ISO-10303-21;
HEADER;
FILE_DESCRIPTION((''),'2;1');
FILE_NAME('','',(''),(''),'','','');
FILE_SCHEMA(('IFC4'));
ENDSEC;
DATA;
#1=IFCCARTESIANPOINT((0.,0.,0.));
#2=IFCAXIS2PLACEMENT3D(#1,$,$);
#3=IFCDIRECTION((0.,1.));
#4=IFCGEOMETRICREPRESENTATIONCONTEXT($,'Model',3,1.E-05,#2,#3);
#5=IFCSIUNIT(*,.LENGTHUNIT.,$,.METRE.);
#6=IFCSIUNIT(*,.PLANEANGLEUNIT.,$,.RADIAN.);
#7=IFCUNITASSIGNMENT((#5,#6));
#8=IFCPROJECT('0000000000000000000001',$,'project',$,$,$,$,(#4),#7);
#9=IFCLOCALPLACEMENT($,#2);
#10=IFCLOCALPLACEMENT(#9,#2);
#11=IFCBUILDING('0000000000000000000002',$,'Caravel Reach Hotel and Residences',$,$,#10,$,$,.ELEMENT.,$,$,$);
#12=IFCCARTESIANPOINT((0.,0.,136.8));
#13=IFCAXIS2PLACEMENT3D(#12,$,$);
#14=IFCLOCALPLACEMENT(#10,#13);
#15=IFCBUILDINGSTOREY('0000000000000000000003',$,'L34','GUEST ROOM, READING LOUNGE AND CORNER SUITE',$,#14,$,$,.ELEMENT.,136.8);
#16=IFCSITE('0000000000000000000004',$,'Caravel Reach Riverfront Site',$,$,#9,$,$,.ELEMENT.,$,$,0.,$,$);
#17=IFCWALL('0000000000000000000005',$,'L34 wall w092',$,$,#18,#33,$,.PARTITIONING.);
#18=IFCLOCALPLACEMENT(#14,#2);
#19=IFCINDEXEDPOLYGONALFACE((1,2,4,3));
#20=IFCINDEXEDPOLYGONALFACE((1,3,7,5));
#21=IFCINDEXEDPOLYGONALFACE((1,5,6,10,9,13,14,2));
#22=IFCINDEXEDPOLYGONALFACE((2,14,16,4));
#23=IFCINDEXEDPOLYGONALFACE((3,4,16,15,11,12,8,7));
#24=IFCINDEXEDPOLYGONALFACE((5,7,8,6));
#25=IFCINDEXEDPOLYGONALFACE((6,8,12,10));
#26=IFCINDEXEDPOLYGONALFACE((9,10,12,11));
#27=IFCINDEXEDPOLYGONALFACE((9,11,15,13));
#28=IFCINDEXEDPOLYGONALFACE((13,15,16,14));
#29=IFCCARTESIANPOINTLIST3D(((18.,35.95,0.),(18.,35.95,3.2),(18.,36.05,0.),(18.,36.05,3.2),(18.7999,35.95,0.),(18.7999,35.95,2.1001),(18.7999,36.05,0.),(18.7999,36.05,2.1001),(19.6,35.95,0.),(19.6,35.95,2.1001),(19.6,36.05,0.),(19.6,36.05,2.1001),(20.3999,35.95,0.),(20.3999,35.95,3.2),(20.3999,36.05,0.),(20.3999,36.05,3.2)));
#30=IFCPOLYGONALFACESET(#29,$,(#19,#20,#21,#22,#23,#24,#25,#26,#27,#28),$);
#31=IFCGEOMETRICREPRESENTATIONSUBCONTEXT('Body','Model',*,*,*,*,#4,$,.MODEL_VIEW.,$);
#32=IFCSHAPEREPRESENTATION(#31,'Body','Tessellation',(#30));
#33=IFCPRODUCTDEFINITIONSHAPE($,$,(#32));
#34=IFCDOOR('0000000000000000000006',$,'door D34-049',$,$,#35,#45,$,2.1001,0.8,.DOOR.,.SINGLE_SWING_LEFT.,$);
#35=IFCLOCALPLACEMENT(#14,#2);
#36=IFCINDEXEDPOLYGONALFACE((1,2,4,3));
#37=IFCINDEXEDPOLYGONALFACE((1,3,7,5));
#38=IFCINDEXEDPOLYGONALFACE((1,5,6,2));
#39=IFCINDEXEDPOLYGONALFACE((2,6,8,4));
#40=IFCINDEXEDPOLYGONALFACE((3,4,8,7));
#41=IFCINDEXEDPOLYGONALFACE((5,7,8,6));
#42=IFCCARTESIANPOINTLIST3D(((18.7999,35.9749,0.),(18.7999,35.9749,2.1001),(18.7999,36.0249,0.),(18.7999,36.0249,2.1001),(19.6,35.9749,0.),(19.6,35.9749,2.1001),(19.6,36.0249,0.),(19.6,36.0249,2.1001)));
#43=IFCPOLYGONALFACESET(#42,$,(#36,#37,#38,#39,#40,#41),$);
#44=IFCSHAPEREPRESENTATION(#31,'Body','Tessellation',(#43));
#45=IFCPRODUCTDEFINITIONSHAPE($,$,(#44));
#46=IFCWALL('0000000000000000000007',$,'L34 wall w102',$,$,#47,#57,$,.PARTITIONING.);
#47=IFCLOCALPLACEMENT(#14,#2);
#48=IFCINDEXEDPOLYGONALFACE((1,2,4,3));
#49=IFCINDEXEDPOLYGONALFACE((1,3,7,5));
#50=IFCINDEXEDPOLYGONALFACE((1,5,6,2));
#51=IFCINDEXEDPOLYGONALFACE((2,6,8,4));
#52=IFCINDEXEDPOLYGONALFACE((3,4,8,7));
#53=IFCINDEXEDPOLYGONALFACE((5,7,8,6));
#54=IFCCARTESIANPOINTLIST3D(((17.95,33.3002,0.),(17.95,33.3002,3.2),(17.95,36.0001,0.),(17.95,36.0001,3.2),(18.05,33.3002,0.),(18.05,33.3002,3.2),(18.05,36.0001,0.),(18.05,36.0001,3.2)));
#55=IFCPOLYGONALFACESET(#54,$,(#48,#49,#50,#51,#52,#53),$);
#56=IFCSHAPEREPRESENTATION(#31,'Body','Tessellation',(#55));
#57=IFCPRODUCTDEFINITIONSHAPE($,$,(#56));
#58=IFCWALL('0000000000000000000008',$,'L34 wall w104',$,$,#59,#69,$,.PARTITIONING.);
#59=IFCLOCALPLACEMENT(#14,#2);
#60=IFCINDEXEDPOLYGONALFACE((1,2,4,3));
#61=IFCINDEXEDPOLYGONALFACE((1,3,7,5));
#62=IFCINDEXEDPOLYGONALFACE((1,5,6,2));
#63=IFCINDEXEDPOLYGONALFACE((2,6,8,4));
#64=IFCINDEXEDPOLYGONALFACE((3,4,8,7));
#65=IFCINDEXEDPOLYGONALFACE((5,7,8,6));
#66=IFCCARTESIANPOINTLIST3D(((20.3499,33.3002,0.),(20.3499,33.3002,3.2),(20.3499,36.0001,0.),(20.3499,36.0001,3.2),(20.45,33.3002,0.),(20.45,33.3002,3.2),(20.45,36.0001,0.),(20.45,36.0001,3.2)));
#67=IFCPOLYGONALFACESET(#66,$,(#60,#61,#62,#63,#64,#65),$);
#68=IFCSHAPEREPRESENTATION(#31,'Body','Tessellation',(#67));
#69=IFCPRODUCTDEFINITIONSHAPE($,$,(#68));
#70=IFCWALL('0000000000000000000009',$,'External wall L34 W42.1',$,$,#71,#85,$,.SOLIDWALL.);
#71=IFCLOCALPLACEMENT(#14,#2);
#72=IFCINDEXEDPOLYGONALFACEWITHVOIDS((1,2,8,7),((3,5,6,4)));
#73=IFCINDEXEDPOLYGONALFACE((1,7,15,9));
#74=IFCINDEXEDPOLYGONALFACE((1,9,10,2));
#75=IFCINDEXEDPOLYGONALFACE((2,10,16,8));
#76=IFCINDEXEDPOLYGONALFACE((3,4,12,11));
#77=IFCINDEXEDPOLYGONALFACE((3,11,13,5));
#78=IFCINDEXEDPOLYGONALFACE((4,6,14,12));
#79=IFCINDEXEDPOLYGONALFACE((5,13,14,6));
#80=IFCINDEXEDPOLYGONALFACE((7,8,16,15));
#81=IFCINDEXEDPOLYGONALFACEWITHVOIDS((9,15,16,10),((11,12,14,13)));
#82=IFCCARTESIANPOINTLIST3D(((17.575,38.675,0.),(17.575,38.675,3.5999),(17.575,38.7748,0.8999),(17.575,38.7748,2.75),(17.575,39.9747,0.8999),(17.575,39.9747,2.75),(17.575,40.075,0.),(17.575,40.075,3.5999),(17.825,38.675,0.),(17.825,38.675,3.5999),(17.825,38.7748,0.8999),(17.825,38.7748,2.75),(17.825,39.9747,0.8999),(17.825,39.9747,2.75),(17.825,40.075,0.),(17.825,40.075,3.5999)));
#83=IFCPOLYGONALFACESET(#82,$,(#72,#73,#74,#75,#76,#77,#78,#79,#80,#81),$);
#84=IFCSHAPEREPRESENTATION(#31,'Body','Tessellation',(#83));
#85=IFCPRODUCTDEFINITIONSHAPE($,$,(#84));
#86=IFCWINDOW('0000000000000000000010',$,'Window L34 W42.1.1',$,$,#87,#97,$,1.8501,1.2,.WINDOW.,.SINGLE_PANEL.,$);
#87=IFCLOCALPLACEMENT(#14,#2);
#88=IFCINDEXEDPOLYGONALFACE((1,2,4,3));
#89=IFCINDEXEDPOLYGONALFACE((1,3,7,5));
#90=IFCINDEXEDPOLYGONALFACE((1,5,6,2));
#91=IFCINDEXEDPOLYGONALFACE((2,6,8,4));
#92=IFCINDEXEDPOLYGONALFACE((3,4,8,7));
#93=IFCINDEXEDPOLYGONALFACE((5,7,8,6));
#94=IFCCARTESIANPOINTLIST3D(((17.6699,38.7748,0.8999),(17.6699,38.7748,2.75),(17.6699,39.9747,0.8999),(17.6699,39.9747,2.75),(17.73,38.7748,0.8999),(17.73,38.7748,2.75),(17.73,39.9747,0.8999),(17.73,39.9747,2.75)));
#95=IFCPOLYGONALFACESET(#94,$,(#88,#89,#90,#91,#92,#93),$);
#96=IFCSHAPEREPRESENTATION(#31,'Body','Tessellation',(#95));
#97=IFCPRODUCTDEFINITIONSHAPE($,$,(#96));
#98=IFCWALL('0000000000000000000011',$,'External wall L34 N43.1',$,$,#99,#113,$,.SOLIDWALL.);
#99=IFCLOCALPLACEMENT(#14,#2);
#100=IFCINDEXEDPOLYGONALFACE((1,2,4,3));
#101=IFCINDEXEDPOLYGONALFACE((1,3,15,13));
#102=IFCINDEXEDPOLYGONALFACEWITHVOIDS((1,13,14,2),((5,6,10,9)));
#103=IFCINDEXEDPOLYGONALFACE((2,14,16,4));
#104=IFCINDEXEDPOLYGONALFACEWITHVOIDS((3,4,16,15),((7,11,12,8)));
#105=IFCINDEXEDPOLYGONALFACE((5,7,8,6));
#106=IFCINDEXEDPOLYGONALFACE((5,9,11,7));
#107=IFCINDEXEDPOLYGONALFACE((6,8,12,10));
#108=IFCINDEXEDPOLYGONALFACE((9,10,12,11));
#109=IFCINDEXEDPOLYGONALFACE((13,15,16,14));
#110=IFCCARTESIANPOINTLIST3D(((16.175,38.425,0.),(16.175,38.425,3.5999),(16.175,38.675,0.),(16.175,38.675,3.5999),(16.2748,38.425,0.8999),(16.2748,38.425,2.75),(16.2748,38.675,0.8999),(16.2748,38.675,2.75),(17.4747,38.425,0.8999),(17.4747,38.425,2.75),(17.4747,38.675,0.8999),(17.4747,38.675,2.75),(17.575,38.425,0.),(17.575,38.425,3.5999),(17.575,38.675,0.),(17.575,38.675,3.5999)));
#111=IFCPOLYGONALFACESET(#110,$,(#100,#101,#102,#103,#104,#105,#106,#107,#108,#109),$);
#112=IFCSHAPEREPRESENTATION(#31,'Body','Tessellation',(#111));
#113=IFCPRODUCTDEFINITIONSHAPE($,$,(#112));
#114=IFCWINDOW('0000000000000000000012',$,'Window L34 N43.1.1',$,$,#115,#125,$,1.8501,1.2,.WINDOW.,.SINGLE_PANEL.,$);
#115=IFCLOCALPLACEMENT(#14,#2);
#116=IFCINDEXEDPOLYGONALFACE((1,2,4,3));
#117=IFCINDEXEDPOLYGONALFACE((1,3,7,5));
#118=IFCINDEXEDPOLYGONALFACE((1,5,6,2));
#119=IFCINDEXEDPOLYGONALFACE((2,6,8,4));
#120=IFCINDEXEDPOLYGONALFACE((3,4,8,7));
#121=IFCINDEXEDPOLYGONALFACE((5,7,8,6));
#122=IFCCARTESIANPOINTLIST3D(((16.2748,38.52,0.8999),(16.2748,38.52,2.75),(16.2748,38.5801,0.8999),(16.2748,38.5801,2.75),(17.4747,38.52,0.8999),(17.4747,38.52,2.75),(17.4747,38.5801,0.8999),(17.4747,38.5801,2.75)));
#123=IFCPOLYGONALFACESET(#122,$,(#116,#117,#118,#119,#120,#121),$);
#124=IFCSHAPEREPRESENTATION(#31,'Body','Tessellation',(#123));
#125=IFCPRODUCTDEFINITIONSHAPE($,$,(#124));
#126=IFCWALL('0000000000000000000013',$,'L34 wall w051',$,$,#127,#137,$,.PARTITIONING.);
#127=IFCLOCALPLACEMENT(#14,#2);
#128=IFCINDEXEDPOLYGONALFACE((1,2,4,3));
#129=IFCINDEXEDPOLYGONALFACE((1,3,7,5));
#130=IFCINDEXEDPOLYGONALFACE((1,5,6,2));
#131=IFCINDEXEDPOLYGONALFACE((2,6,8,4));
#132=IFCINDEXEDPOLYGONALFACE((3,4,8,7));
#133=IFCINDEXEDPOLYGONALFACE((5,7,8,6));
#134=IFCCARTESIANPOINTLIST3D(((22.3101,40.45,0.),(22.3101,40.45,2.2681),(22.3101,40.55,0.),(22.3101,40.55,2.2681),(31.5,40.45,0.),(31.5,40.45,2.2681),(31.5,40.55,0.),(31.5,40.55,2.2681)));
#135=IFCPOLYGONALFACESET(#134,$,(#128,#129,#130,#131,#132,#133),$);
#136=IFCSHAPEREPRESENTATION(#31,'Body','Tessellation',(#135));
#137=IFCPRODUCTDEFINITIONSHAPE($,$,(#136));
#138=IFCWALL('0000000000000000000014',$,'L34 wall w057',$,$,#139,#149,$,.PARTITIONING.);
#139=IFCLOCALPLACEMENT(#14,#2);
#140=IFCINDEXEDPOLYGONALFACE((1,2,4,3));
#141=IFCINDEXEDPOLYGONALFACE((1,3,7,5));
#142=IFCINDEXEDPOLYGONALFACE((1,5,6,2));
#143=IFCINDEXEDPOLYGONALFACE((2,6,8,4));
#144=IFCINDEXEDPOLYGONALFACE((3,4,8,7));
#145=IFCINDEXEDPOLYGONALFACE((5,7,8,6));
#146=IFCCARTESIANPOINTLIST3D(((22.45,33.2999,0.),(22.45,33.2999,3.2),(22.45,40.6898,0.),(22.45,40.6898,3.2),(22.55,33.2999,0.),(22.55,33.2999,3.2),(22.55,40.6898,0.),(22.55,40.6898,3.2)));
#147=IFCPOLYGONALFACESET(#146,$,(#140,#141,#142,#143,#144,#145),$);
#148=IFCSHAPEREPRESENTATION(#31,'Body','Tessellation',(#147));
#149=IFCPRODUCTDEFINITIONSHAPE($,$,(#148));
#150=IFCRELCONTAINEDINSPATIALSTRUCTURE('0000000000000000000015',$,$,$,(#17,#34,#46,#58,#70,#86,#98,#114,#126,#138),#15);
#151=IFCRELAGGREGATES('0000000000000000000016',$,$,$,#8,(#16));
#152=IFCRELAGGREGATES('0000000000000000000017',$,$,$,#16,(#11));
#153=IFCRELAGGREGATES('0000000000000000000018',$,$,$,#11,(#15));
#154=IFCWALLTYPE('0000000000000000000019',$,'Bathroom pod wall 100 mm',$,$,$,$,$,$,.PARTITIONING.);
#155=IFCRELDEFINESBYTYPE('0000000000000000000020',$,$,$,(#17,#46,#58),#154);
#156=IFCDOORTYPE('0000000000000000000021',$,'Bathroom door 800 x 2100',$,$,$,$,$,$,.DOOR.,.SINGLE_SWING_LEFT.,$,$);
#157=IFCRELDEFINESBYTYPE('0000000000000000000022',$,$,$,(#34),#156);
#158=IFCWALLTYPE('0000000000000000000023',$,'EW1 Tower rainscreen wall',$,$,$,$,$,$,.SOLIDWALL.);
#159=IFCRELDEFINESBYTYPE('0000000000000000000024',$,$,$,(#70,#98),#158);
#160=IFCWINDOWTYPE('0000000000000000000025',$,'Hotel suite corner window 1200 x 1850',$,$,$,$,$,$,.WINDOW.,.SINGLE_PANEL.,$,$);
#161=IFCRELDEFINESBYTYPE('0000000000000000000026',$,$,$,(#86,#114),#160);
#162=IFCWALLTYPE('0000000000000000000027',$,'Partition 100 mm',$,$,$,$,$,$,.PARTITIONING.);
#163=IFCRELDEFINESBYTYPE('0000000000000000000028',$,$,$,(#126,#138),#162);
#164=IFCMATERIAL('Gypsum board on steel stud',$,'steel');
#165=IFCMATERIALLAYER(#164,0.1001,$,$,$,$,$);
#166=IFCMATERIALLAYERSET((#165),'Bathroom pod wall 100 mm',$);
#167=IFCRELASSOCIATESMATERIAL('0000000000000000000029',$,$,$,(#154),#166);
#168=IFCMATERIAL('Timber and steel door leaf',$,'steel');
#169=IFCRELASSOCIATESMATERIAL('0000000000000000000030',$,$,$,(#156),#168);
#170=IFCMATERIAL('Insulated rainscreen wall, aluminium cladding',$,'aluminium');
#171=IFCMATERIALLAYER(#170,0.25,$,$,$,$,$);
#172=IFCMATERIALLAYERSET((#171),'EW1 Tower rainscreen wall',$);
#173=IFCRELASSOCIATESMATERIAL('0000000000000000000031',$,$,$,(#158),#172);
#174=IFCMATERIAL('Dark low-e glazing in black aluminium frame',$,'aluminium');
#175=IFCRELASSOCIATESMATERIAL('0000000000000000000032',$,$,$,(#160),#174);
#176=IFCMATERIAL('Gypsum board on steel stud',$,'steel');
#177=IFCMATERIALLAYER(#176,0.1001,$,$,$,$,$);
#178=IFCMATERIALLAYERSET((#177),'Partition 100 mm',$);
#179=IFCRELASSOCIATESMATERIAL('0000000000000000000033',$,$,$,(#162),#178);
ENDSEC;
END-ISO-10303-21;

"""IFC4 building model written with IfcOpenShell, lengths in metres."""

from ifc_helpers import new_model, si_unit, direction, frame, frame_2d, origin, place, context, subcontext, project, spatial, rectangle, extrude, material, layer, layer_set, type_object, element, fill, save


model = new_model("IFC4")

# Units and contexts
model_context = context("Model", 3, precision=1e-05, world=origin(), true_north=direction((0.0, 1.0)))
body_context = subcontext(model_context, "Body", "Model", "MODEL_VIEW")
ifc_project = project(units=[si_unit("LENGTHUNIT", "METRE"), si_unit("PLANEANGLEUNIT", "RADIAN")], contexts=[model_context])

# Site, building, storey
site_placement = place(None, origin())
site = spatial("IfcSite", under=ifc_project, at=site_placement, Name="Caravel Reach Riverfront Site", CompositionType="ELEMENT", RefElevation=0.0)
building_placement = place(site_placement, origin())
building = spatial("IfcBuilding", under=site, at=building_placement, Name="Caravel Reach Hotel and Residences", CompositionType="ELEMENT")
storey_placement = place(building_placement, frame((0.0, 0.0, 136.8)))
storey = spatial("IfcBuildingStorey", under=building, at=storey_placement, Name="L34", Description="GUEST ROOM, READING LOUNGE AND CORNER SUITE", CompositionType="ELEMENT", Elevation=136.8)

# Wall, opening, door
ifc_material_1 = material(Name="Gypsum board on steel stud", Category="steel")
ifc_layer_1 = layer(ifc_material_1, 0.1001)
ifc_layer_set_1 = layer_set([ifc_layer_1], Name="Bathroom pod wall 100 mm")
wall_type_1 = type_object("IfcWallType", Name="Bathroom pod wall 100 mm", PredefinedType="PARTITIONING", material=ifc_layer_set_1)
wall_1_placement = place(storey_placement, frame((18.0, 36.0, 0.0), z_axis=(0.0, 0.0, 1.0), x_axis=(1.0, 0.0, 0.0)))
wall_1 = element("IfcWall", 1, at=wall_1_placement, inside=storey, type_object=wall_type_1, Name="L34 wall w092", PredefinedType="PARTITIONING", context=body_context, shape_type="SweptSolid", body=[
    extrude(rectangle(XDim=2.3999, YDim=0.1001, at=frame_2d((1.2, 0.0))), origin(), (0.0, 0.0, 1.0), 3.2),
])
opening_1_placement = place(wall_1_placement, frame((0.8, 0.0, 0.0)))
opening_1 = element("IfcOpeningElement", 2, at=opening_1_placement, cuts=wall_1, PredefinedType="OPENING", context=body_context, shape_type="SweptSolid", body=[
    extrude(rectangle(XDim=0.8, YDim=2.1001, at=frame_2d((0.3999, 1.05))), frame((0.0, 0.0601, 0.0), z_axis=(0.0, -1.0, 0.0), x_axis=(1.0, 0.0, 0.0)), (0.0, 0.0, 1.0), 0.1201),
])
ifc_material_2 = material(Name="Timber and steel door leaf", Category="steel")
door_type = type_object("IfcDoorType", Name="Bathroom door 800 x 2100", OperationType="SINGLE_SWING_LEFT", PredefinedType="DOOR", material=ifc_material_2)
door_placement = place(opening_1_placement, origin())
door = element("IfcDoor", 3, at=door_placement, inside=storey, type_object=door_type, Name="door D34-049", OperationType="SINGLE_SWING_LEFT", OverallHeight=2.1001, OverallWidth=0.8, PredefinedType="DOOR", context=body_context, shape_type="SweptSolid", body=[
    extrude(rectangle(XDim=0.8, YDim=2.1001, at=frame_2d((0.3999, 1.05))), frame((0.0, 0.0249, 0.0), z_axis=(0.0, -1.0, 0.0), x_axis=(1.0, 0.0, 0.0)), (0.0, 0.0, 1.0), 0.05),
])
fill(opening_1, door)

# Walls
for number, where, z_axis, x_axis, name in (
    (4, (18.0, 33.3, 0.0), (0.0, 0.0, 1.0), (0.0, 1.0, 0.0), "L34 wall w102"),
    (5, (20.3999, 33.3, 0.0), (0.0, 0.0, 1.0), (0.0, 1.0, 0.0), "L34 wall w104"),
):
    element("IfcWall", number, at=place(storey_placement, frame(where, z_axis=z_axis, x_axis=x_axis)), inside=storey, type_object=wall_type_1, Name=name, PredefinedType="PARTITIONING", context=body_context, shape_type="SweptSolid", body=[
        extrude(rectangle(XDim=2.7, YDim=0.1001, at=frame_2d((1.3501, 0.0))), origin(), (0.0, 0.0, 1.0), 3.2),
    ])

# Walls, openings, windows
ifc_material_3 = material(Name="Insulated rainscreen wall, aluminium cladding", Category="aluminium")
ifc_layer_2 = layer(ifc_material_3, 0.25)
ifc_layer_set_2 = layer_set([ifc_layer_2], Name="EW1 Tower rainscreen wall")
wall_type_2 = type_object("IfcWallType", Name="EW1 Tower rainscreen wall", PredefinedType="SOLIDWALL", material=ifc_layer_set_2)
wall_2_placement = place(storey_placement, frame((17.7, 40.075, 0.0), z_axis=(0.0, 0.0, 1.0), x_axis=(0.0, -1.0, 0.0)))
wall_2 = element("IfcWall", 6, at=wall_2_placement, inside=storey, type_object=wall_type_2, Name="External wall L34 W42.1", PredefinedType="SOLIDWALL", context=body_context, shape_type="SweptSolid", body=[
    extrude(rectangle(XDim=1.3999, YDim=0.25, at=frame_2d((0.7, 0.0))), origin(), (0.0, 0.0, 1.0), 3.5999),
])
opening_2_placement = place(wall_2_placement, frame((0.1001, 0.0, 0.8999)))
opening_2 = element("IfcOpeningElement", 7, at=opening_2_placement, cuts=wall_2, PredefinedType="OPENING", context=body_context, shape_type="SweptSolid", body=[
    extrude(rectangle(XDim=1.2, YDim=1.8501, at=frame_2d((0.6001, 0.925))), frame((0.0, 0.135, 0.0), z_axis=(0.0, -1.0, 0.0), x_axis=(1.0, 0.0, 0.0)), (0.0, 0.0, 1.0), 0.27),
])
ifc_material_4 = material(Name="Dark low-e glazing in black aluminium frame", Category="aluminium")
window_type = type_object("IfcWindowType", Name="Hotel suite corner window 1200 x 1850", PartitioningType="SINGLE_PANEL", PredefinedType="WINDOW", material=ifc_material_4)
window_1_placement = place(opening_2_placement, origin())
window_1 = element("IfcWindow", 8, at=window_1_placement, inside=storey, type_object=window_type, Name="Window L34 W42.1.1", OverallHeight=1.8501, OverallWidth=1.2, PartitioningType="SINGLE_PANEL", PredefinedType="WINDOW", context=body_context, shape_type="SweptSolid", body=[
    extrude(rectangle(XDim=1.2, YDim=1.8501, at=frame_2d((0.6001, 0.925))), frame((0.0, 0.03, 0.0), z_axis=(0.0, -1.0, 0.0), x_axis=(1.0, 0.0, 0.0)), (0.0, 0.0, 1.0), 0.0601),
])
fill(opening_2, window_1)
wall_3_placement = place(storey_placement, frame((17.575, 38.55, 0.0), z_axis=(0.0, 0.0, 1.0), x_axis=(-1.0, 0.0, 0.0)))
wall_3 = element("IfcWall", 9, at=wall_3_placement, inside=storey, type_object=wall_type_2, Name="External wall L34 N43.1", PredefinedType="SOLIDWALL", context=body_context, shape_type="SweptSolid", body=[
    extrude(rectangle(XDim=1.3999, YDim=0.25, at=frame_2d((0.7, 0.0))), origin(), (0.0, 0.0, 1.0), 3.5999),
])
opening_3_placement = place(wall_3_placement, frame((0.1001, 0.0, 0.8999)))
opening_3 = element("IfcOpeningElement", 10, at=opening_3_placement, cuts=wall_3, PredefinedType="OPENING", context=body_context, shape_type="SweptSolid", body=[
    extrude(rectangle(XDim=1.2, YDim=1.8501, at=frame_2d((0.6001, 0.925))), frame((0.0, 0.135, 0.0), z_axis=(0.0, -1.0, 0.0), x_axis=(1.0, 0.0, 0.0)), (0.0, 0.0, 1.0), 0.27),
])
window_2_placement = place(opening_3_placement, origin())
window_2 = element("IfcWindow", 11, at=window_2_placement, inside=storey, type_object=window_type, Name="Window L34 N43.1.1", OverallHeight=1.8501, OverallWidth=1.2, PartitioningType="SINGLE_PANEL", PredefinedType="WINDOW", context=body_context, shape_type="SweptSolid", body=[
    extrude(rectangle(XDim=1.2, YDim=1.8501, at=frame_2d((0.6001, 0.925))), frame((0.0, 0.03, 0.0), z_axis=(0.0, -1.0, 0.0), x_axis=(1.0, 0.0, 0.0)), (0.0, 0.0, 1.0), 0.0601),
])
fill(opening_3, window_2)

# Walls
ifc_material_5 = material(Name="Gypsum board on steel stud", Category="steel")
ifc_layer_3 = layer(ifc_material_5, 0.1001)
ifc_layer_set_3 = layer_set([ifc_layer_3], Name="Partition 100 mm")
wall_type_3 = type_object("IfcWallType", Name="Partition 100 mm", PredefinedType="PARTITIONING", material=ifc_layer_set_3)
wall_4_placement = place(storey_placement, frame((22.3101, 40.5, 0.0), z_axis=(0.0, 0.0, 1.0), x_axis=(1.0, 0.0, 0.0)))
element("IfcWall", 12, at=wall_4_placement, inside=storey, type_object=wall_type_3, Name="L34 wall w051", PredefinedType="PARTITIONING", context=body_context, shape_type="SweptSolid", body=[
    extrude(rectangle(XDim=9.1899, YDim=0.1001, at=frame_2d((4.595, 0.0))), origin(), (0.0, 0.0, 1.0), 2.2681),
])
wall_5_placement = place(storey_placement, frame((22.5, 33.3, 0.0), z_axis=(0.0, 0.0, 1.0), x_axis=(0.0, 1.0, 0.0)))
element("IfcWall", 13, at=wall_5_placement, inside=storey, type_object=wall_type_3, Name="L34 wall w057", PredefinedType="PARTITIONING", context=body_context, shape_type="SweptSolid", body=[
    extrude(rectangle(XDim=7.3899, YDim=0.1001, at=frame_2d((3.6948, 0.0))), origin(), (0.0, 0.0, 1.0), 3.2),
])

save(model, "model.ifc")
